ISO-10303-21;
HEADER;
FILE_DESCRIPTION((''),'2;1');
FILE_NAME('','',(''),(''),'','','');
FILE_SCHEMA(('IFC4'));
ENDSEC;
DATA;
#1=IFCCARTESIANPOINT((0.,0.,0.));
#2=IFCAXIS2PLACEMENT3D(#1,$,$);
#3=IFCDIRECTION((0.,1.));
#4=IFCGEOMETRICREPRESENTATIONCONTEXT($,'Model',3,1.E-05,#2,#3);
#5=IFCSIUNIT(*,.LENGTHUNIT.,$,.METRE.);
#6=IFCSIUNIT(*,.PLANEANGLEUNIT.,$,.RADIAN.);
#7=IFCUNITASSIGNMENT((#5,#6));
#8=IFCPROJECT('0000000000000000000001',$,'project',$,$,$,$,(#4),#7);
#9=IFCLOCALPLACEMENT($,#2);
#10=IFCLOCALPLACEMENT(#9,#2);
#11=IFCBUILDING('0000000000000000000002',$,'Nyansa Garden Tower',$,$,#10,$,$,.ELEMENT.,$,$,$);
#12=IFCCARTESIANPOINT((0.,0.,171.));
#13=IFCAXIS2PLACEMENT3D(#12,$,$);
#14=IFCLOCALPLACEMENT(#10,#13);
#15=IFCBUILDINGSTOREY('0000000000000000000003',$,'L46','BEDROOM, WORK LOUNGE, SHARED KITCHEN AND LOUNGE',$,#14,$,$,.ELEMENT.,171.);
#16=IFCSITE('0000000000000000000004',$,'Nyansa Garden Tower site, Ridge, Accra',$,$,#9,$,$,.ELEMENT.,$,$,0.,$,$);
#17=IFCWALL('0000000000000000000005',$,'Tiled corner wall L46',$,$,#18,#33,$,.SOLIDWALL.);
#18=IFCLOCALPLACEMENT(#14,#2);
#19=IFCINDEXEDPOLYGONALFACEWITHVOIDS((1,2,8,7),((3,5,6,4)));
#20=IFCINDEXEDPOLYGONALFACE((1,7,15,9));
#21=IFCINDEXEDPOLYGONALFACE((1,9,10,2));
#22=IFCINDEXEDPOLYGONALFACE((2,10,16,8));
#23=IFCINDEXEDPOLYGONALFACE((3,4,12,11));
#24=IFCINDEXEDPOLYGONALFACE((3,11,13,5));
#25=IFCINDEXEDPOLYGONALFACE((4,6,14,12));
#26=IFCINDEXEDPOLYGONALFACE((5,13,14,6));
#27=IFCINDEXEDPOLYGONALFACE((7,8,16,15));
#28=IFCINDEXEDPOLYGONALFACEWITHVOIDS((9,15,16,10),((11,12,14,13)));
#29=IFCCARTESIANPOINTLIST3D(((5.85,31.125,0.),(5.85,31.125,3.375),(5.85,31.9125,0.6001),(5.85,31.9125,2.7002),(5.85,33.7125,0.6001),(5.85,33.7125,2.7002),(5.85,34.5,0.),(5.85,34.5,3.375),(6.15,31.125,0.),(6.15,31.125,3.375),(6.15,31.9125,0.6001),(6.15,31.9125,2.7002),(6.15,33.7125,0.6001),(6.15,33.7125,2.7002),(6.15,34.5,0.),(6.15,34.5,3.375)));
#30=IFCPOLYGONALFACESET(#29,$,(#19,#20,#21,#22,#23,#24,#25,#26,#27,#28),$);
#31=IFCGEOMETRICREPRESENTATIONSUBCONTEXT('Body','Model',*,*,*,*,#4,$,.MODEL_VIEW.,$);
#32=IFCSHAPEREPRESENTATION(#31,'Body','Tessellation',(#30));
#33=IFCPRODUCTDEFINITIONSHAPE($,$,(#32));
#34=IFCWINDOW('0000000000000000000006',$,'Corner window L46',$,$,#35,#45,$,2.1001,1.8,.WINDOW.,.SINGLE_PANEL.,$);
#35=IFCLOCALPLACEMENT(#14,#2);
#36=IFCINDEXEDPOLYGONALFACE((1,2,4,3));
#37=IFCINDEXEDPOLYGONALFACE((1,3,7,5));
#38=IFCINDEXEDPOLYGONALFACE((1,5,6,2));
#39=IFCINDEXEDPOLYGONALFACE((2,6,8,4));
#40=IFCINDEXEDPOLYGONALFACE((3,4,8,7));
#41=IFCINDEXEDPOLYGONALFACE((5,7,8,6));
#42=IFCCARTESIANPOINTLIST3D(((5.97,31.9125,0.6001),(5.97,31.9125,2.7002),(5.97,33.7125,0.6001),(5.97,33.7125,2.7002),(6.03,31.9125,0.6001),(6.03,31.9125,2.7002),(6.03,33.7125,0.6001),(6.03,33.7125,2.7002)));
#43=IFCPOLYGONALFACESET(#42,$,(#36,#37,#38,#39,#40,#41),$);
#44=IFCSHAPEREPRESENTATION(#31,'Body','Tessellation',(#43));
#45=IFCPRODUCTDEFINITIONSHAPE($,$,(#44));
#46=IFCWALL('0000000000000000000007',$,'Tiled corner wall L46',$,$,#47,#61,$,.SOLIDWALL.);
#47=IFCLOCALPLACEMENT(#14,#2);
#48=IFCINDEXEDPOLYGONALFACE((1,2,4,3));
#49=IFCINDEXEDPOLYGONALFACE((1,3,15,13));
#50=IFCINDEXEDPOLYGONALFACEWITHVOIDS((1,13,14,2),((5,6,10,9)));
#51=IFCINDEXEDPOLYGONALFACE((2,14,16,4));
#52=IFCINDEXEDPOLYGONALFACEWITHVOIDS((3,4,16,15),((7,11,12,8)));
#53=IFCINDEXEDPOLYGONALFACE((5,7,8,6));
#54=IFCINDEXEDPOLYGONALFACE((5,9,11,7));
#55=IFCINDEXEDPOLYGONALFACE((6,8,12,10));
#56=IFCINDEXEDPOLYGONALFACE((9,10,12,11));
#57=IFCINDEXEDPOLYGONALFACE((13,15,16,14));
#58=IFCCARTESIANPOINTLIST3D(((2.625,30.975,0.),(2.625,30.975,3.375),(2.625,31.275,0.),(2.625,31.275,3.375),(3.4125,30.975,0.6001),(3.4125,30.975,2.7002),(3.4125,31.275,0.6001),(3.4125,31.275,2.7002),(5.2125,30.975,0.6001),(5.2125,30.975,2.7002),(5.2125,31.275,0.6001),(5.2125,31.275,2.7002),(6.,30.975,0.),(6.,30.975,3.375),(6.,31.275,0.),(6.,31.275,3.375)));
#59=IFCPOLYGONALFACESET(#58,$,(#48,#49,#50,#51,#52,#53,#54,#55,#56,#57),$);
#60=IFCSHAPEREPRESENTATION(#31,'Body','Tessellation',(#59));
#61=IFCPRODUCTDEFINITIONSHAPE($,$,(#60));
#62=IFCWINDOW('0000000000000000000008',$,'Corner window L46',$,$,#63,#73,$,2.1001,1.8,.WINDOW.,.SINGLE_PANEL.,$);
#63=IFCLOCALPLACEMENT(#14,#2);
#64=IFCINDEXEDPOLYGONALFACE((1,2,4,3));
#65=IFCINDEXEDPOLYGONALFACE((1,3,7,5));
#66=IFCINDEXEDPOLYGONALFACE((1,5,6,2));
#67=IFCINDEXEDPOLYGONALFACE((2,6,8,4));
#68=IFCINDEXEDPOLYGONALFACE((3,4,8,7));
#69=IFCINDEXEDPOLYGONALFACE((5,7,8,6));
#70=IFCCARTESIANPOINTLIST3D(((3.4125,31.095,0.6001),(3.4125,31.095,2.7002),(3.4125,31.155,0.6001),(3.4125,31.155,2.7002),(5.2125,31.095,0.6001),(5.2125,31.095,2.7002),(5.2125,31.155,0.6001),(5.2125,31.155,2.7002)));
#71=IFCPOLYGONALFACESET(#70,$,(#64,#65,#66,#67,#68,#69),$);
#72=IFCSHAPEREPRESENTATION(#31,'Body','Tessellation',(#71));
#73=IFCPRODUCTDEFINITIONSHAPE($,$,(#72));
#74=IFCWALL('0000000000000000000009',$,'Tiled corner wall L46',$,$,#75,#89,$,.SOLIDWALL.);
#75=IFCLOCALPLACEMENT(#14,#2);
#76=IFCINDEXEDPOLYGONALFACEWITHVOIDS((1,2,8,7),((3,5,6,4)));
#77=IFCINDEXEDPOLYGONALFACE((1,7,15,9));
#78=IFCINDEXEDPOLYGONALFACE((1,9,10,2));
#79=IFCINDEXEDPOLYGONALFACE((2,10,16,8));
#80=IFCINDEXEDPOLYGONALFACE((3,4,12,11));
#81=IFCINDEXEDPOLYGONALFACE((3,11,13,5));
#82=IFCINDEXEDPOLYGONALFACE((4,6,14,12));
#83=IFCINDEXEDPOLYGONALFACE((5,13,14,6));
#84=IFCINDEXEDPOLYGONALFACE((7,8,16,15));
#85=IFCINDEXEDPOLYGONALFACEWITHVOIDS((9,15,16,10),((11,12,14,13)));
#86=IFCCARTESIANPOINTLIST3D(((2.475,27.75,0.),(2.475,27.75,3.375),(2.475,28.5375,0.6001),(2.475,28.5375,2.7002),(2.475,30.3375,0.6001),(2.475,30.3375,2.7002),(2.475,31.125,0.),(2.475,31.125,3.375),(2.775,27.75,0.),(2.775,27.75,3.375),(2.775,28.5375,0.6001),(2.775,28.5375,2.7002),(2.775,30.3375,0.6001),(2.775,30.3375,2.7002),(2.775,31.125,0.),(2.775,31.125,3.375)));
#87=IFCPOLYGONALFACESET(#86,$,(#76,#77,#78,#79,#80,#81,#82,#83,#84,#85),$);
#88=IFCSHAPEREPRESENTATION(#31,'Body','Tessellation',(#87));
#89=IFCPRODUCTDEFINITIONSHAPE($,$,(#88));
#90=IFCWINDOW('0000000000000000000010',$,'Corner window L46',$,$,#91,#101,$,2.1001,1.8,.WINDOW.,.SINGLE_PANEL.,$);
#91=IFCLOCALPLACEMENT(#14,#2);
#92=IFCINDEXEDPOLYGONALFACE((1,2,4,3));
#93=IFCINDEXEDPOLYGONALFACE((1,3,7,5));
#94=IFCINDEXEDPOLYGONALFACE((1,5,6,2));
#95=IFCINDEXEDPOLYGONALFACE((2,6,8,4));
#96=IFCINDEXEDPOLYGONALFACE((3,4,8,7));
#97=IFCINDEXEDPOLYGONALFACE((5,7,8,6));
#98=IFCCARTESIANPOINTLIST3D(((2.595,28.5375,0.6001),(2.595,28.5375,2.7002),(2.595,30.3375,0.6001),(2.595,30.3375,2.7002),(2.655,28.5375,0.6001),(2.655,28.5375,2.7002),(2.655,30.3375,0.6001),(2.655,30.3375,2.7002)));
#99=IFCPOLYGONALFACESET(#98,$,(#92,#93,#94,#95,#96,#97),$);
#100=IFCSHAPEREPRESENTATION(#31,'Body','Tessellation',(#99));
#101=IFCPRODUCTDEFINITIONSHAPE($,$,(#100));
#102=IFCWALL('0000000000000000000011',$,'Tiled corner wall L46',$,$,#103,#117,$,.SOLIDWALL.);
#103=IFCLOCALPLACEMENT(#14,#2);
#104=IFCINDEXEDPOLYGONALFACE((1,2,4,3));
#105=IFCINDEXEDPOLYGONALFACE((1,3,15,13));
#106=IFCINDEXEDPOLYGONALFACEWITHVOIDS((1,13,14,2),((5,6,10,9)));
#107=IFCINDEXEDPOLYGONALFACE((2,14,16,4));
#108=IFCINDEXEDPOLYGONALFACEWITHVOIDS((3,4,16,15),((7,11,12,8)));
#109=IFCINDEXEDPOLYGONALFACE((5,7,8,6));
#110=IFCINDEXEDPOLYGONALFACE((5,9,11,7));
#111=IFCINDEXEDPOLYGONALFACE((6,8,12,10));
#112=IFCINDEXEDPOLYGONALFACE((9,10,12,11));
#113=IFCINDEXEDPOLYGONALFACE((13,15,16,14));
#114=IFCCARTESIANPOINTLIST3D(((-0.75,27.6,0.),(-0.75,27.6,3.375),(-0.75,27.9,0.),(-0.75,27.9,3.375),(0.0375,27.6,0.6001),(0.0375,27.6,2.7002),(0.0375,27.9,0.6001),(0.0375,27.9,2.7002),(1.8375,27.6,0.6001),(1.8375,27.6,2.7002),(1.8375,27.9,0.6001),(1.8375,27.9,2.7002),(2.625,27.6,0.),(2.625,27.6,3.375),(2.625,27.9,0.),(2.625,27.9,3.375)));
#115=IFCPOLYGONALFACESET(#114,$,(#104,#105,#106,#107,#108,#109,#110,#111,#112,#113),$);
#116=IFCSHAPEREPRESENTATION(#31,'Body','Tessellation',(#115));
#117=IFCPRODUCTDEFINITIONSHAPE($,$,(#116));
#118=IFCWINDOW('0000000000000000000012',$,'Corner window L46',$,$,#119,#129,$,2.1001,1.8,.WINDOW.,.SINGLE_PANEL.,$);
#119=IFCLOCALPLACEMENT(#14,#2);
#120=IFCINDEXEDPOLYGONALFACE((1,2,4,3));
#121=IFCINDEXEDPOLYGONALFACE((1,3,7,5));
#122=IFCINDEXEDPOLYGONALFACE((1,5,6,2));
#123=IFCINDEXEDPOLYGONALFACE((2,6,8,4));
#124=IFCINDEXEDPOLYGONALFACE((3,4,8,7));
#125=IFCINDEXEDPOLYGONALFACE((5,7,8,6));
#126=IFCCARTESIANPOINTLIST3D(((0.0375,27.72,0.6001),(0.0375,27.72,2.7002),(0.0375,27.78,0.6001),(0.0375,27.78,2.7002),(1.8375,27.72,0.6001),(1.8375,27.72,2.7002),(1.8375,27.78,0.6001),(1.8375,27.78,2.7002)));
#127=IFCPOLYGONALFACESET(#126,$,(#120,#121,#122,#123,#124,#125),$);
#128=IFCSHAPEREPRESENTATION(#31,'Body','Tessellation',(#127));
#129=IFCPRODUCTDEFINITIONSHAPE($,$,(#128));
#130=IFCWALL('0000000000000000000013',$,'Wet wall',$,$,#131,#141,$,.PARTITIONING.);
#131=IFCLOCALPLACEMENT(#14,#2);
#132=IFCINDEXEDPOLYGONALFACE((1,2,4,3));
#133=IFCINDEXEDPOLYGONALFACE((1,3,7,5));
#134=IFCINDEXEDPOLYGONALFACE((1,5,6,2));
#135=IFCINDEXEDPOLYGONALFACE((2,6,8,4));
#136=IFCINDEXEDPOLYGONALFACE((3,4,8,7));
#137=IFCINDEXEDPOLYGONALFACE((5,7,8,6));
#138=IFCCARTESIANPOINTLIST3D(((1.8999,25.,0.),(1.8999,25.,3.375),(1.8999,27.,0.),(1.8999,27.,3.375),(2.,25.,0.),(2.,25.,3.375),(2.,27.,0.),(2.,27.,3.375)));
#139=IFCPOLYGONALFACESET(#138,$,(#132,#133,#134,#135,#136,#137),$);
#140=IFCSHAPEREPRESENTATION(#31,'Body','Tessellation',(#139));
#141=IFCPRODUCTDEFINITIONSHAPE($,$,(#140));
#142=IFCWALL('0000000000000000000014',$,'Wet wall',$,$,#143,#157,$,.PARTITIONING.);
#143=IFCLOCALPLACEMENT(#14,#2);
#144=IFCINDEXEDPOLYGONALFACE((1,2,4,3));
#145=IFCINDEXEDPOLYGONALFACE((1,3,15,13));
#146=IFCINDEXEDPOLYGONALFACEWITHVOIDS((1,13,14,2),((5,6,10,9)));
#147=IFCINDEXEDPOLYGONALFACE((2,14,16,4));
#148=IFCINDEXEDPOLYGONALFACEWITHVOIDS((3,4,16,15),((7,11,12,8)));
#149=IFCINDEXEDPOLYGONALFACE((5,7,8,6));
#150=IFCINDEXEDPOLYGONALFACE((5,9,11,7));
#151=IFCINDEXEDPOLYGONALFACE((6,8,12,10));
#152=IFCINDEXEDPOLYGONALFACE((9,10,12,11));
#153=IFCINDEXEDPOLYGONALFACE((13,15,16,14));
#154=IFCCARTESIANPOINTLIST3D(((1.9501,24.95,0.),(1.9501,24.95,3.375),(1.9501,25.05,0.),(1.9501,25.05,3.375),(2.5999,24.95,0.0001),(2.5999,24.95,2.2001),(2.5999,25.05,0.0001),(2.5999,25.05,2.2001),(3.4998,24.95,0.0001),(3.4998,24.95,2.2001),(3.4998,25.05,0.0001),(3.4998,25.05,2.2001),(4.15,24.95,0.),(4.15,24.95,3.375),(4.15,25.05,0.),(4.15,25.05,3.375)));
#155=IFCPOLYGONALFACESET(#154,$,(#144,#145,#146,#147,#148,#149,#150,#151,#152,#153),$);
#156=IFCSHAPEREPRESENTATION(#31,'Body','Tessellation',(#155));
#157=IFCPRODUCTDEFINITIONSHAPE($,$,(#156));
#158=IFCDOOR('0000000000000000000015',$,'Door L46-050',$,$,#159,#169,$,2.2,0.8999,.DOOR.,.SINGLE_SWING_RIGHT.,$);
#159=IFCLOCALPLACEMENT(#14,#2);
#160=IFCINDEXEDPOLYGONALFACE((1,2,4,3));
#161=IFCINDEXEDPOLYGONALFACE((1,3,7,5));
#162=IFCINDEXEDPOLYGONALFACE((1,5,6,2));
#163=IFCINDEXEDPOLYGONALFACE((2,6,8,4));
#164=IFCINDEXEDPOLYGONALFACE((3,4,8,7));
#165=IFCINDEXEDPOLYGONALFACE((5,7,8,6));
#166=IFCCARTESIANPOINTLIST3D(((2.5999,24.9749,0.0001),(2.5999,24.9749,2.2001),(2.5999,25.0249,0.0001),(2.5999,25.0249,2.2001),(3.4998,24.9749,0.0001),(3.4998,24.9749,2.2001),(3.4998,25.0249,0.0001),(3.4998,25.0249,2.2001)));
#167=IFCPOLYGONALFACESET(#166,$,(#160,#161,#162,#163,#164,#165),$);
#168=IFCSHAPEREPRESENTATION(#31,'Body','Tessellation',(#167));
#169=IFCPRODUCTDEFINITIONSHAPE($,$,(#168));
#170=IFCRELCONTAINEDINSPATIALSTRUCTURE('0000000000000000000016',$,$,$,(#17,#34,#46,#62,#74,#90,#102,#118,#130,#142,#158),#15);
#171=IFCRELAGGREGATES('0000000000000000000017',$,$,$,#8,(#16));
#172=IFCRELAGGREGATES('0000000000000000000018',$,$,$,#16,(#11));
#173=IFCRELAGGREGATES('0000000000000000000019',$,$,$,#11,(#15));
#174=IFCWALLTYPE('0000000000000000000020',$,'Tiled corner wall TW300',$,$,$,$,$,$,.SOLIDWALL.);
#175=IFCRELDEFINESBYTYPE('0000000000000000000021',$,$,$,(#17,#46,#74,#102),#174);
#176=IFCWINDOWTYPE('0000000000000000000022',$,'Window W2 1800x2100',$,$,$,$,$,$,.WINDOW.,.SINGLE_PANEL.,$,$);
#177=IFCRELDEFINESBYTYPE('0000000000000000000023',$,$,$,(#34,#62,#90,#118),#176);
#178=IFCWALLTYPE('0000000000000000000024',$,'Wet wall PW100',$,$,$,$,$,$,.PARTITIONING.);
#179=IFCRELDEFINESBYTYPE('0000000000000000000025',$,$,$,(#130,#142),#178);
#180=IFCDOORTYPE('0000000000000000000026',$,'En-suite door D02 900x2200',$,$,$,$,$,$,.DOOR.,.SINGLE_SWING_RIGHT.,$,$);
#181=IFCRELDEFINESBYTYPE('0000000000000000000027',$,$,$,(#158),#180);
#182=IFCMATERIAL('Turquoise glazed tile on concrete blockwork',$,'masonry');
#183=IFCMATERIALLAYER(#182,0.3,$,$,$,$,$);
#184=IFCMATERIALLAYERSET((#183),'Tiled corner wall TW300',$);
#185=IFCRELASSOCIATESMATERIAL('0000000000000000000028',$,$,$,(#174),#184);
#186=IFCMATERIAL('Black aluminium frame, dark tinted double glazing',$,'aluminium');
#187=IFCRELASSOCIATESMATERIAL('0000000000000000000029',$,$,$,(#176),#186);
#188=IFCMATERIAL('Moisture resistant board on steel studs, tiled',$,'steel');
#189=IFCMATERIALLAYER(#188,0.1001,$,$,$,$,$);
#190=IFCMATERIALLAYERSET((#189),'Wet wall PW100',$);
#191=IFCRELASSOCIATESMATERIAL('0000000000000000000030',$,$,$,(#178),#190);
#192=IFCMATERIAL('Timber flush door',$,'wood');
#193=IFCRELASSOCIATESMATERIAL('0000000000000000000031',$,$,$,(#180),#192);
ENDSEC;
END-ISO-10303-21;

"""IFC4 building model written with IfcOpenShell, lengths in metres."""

from ifc_helpers import new_model, si_unit, direction, frame, frame_2d, origin, place, context, subcontext, project, spatial, rectangle, extrude, material, layer, layer_set, type_object, element, fill, save


model = new_model("IFC4")

# Units and contexts
model_context = context("Model", 3, precision=1e-05, world=origin(), true_north=direction((0.0, 1.0)))
body_context = subcontext(model_context, "Body", "Model", "MODEL_VIEW")
ifc_project = project(units=[si_unit("LENGTHUNIT", "METRE"), si_unit("PLANEANGLEUNIT", "RADIAN")], contexts=[model_context])

# Site, building, storey
site_placement = place(None, origin())
site = spatial("IfcSite", under=ifc_project, at=site_placement, Name="Nyansa Garden Tower site, Ridge, Accra", CompositionType="ELEMENT", RefElevation=0.0)
building_placement = place(site_placement, origin())
building = spatial("IfcBuilding", under=site, at=building_placement, Name="Nyansa Garden Tower", CompositionType="ELEMENT")
storey_placement = place(building_placement, frame((0.0, 0.0, 171.0)))
storey = spatial("IfcBuildingStorey", under=building, at=storey_placement, Name="L46", Description="BEDROOM, WORK LOUNGE, SHARED KITCHEN AND LOUNGE", CompositionType="ELEMENT", Elevation=171.0)

# Walls, openings, windows
ifc_material_1 = material(Name="Turquoise glazed tile on concrete blockwork", Category="masonry")
ifc_layer_1 = layer(ifc_material_1, 0.3)
ifc_layer_set_1 = layer_set([ifc_layer_1], Name="Tiled corner wall TW300")
wall_type_1 = type_object("IfcWallType", Name="Tiled corner wall TW300", PredefinedType="SOLIDWALL", material=ifc_layer_set_1)
wall_1_placement = place(storey_placement, frame((6.0, 34.5, 0.0), z_axis=(0.0, 0.0, 1.0), x_axis=(0.0, -1.0, 0.0)))
wall_1 = element("IfcWall", 1, at=wall_1_placement, inside=storey, type_object=wall_type_1, Name="Tiled corner wall L46", PredefinedType="SOLIDWALL", context=body_context, shape_type="SweptSolid", body=[
    extrude(rectangle(XDim=3.375, YDim=0.3, at=frame_2d((1.6875, 0.0))), origin(), (0.0, 0.0, 1.0), 3.375),
])
opening_1_placement = place(wall_1_placement, frame((0.7876, 0.0, 0.6001)))
opening_1 = element("IfcOpeningElement", 2, at=opening_1_placement, cuts=wall_1, PredefinedType="OPENING", context=body_context, shape_type="SweptSolid", body=[
    extrude(rectangle(XDim=1.8, YDim=2.1001, at=frame_2d((0.8999, 1.05))), frame((0.0, 0.1599, 0.0), z_axis=(0.0, -1.0, 0.0), x_axis=(1.0, 0.0, 0.0)), (0.0, 0.0, 1.0), 0.3201),
])
ifc_material_2 = material(Name="Black aluminium frame, dark tinted double glazing", Category="aluminium")
window_type = type_object("IfcWindowType", Name="Window W2 1800x2100", PartitioningType="SINGLE_PANEL", PredefinedType="WINDOW", material=ifc_material_2)
window_1_placement = place(opening_1_placement, origin())
window_1 = element("IfcWindow", 3, at=window_1_placement, inside=storey, type_object=window_type, Name="Corner window L46", OverallHeight=2.1001, OverallWidth=1.8, PartitioningType="SINGLE_PANEL", PredefinedType="WINDOW", context=body_context, shape_type="SweptSolid", body=[
    extrude(rectangle(XDim=1.8, YDim=2.1001, at=frame_2d((0.8999, 1.05))), frame((0.0, 0.03, 0.0), z_axis=(0.0, -1.0, 0.0), x_axis=(1.0, 0.0, 0.0)), (0.0, 0.0, 1.0), 0.0601),
])
fill(opening_1, window_1)
wall_2_placement = place(storey_placement, frame((6.0, 31.125, 0.0), z_axis=(0.0, 0.0, 1.0), x_axis=(-1.0, 0.0, 0.0)))
wall_2 = element("IfcWall", 4, at=wall_2_placement, inside=storey, type_object=wall_type_1, Name="Tiled corner wall L46", PredefinedType="SOLIDWALL", context=body_context, shape_type="SweptSolid", body=[
    extrude(rectangle(XDim=3.375, YDim=0.3, at=frame_2d((1.6875, 0.0))), origin(), (0.0, 0.0, 1.0), 3.375),
])
opening_2_placement = place(wall_2_placement, frame((0.7876, 0.0, 0.6001)))
opening_2 = element("IfcOpeningElement", 5, at=opening_2_placement, cuts=wall_2, PredefinedType="OPENING", context=body_context, shape_type="SweptSolid", body=[
    extrude(rectangle(XDim=1.8, YDim=2.1001, at=frame_2d((0.8999, 1.05))), frame((0.0, 0.1599, 0.0), z_axis=(0.0, -1.0, 0.0), x_axis=(1.0, 0.0, 0.0)), (0.0, 0.0, 1.0), 0.3201),
])
window_2_placement = place(opening_2_placement, origin())
window_2 = element("IfcWindow", 6, at=window_2_placement, inside=storey, type_object=window_type, Name="Corner window L46", OverallHeight=2.1001, OverallWidth=1.8, PartitioningType="SINGLE_PANEL", PredefinedType="WINDOW", context=body_context, shape_type="SweptSolid", body=[
    extrude(rectangle(XDim=1.8, YDim=2.1001, at=frame_2d((0.8999, 1.05))), frame((0.0, 0.03, 0.0), z_axis=(0.0, -1.0, 0.0), x_axis=(1.0, 0.0, 0.0)), (0.0, 0.0, 1.0), 0.0601),
])
fill(opening_2, window_2)
wall_3_placement = place(storey_placement, frame((2.625, 31.125, 0.0), z_axis=(0.0, 0.0, 1.0), x_axis=(0.0, -1.0, 0.0)))
wall_3 = element("IfcWall", 7, at=wall_3_placement, inside=storey, type_object=wall_type_1, Name="Tiled corner wall L46", PredefinedType="SOLIDWALL", context=body_context, shape_type="SweptSolid", body=[
    extrude(rectangle(XDim=3.375, YDim=0.3, at=frame_2d((1.6875, 0.0))), origin(), (0.0, 0.0, 1.0), 3.375),
])
opening_3_placement = place(wall_3_placement, frame((0.7876, 0.0, 0.6001)))
opening_3 = element("IfcOpeningElement", 8, at=opening_3_placement, cuts=wall_3, PredefinedType="OPENING", context=body_context, shape_type="SweptSolid", body=[
    extrude(rectangle(XDim=1.8, YDim=2.1001, at=frame_2d((0.8999, 1.05))), frame((0.0, 0.1599, 0.0), z_axis=(0.0, -1.0, 0.0), x_axis=(1.0, 0.0, 0.0)), (0.0, 0.0, 1.0), 0.3201),
])
window_3_placement = place(opening_3_placement, origin())
window_3 = element("IfcWindow", 9, at=window_3_placement, inside=storey, type_object=window_type, Name="Corner window L46", OverallHeight=2.1001, OverallWidth=1.8, PartitioningType="SINGLE_PANEL", PredefinedType="WINDOW", context=body_context, shape_type="SweptSolid", body=[
    extrude(rectangle(XDim=1.8, YDim=2.1001, at=frame_2d((0.8999, 1.05))), frame((0.0, 0.03, 0.0), z_axis=(0.0, -1.0, 0.0), x_axis=(1.0, 0.0, 0.0)), (0.0, 0.0, 1.0), 0.0601),
])
fill(opening_3, window_3)
wall_4_placement = place(storey_placement, frame((2.625, 27.75, 0.0), z_axis=(0.0, 0.0, 1.0), x_axis=(-1.0, 0.0, 0.0)))
wall_4 = element("IfcWall", 10, at=wall_4_placement, inside=storey, type_object=wall_type_1, Name="Tiled corner wall L46", PredefinedType="SOLIDWALL", context=body_context, shape_type="SweptSolid", body=[
    extrude(rectangle(XDim=3.375, YDim=0.3, at=frame_2d((1.6875, 0.0))), origin(), (0.0, 0.0, 1.0), 3.375),
])
opening_4_placement = place(wall_4_placement, frame((0.7876, 0.0, 0.6001)))
opening_4 = element("IfcOpeningElement", 11, at=opening_4_placement, cuts=wall_4, PredefinedType="OPENING", context=body_context, shape_type="SweptSolid", body=[
    extrude(rectangle(XDim=1.8, YDim=2.1001, at=frame_2d((0.8999, 1.05))), frame((0.0, 0.1599, 0.0), z_axis=(0.0, -1.0, 0.0), x_axis=(1.0, 0.0, 0.0)), (0.0, 0.0, 1.0), 0.3201),
])
window_4_placement = place(opening_4_placement, origin())
window_4 = element("IfcWindow", 12, at=window_4_placement, inside=storey, type_object=window_type, Name="Corner window L46", OverallHeight=2.1001, OverallWidth=1.8, PartitioningType="SINGLE_PANEL", PredefinedType="WINDOW", context=body_context, shape_type="SweptSolid", body=[
    extrude(rectangle(XDim=1.8, YDim=2.1001, at=frame_2d((0.8999, 1.05))), frame((0.0, 0.03, 0.0), z_axis=(0.0, -1.0, 0.0), x_axis=(1.0, 0.0, 0.0)), (0.0, 0.0, 1.0), 0.0601),
])
fill(opening_4, window_4)

# Wall
ifc_material_3 = material(Name="Moisture resistant board on steel studs, tiled", Category="steel")
ifc_layer_2 = layer(ifc_material_3, 0.1001)
ifc_layer_set_2 = layer_set([ifc_layer_2], Name="Wet wall PW100")
wall_type_2 = type_object("IfcWallType", Name="Wet wall PW100", PredefinedType="PARTITIONING", material=ifc_layer_set_2)
wall_5_placement = place(storey_placement, frame((1.95, 25.0, 0.0), z_axis=(0.0, 0.0, 1.0), x_axis=(0.0, 1.0, 0.0)))
element("IfcWall", 13, at=wall_5_placement, inside=storey, type_object=wall_type_2, Name="Wet wall", PredefinedType="PARTITIONING", context=body_context, shape_type="SweptSolid", body=[
    extrude(rectangle(XDim=2.0, YDim=0.1001, at=frame_2d((1.0, 0.0))), origin(), (0.0, 0.0, 1.0), 3.375),
])

# Wall, opening, door
wall_6_placement = place(storey_placement, frame((1.95, 25.0, 0.0), z_axis=(0.0, 0.0, 1.0), x_axis=(1.0, 0.0, 0.0)))
wall_6 = element("IfcWall", 14, at=wall_6_placement, inside=storey, type_object=wall_type_2, Name="Wet wall", PredefinedType="PARTITIONING", context=body_context, shape_type="SweptSolid", body=[
    extrude(rectangle(XDim=2.2, YDim=0.1001, at=frame_2d((1.1001, 0.0))), origin(), (0.0, 0.0, 1.0), 3.375),
])
opening_5_placement = place(wall_6_placement, frame((0.6499, 0.0, 0.0)))
opening_5 = element("IfcOpeningElement", 15, at=opening_5_placement, cuts=wall_6, PredefinedType="OPENING", context=body_context, shape_type="SweptSolid", body=[
    extrude(rectangle(XDim=0.8999, YDim=2.2, at=frame_2d((0.45, 1.1001))), frame((0.0, 0.0601, 0.0), z_axis=(0.0, -1.0, 0.0), x_axis=(1.0, 0.0, 0.0)), (0.0, 0.0, 1.0), 0.1201),
])
ifc_material_4 = material(Name="Timber flush door", Category="wood")
door_type_1 = type_object("IfcDoorType", Name="En-suite door D02 900x2200", OperationType="SINGLE_SWING_RIGHT", PredefinedType="DOOR", material=ifc_material_4)
door_1_placement = place(opening_5_placement, origin())
door_1 = element("IfcDoor", 16, at=door_1_placement, inside=storey, type_object=door_type_1, Name="Door L46-050", OperationType="SINGLE_SWING_RIGHT", OverallHeight=2.2, OverallWidth=0.8999, PredefinedType="DOOR", context=body_context, shape_type="SweptSolid", body=[
    extrude(rectangle(XDim=0.8999, YDim=2.2, at=frame_2d((0.45, 1.1001))), frame((0.0, 0.0249, 0.0), z_axis=(0.0, -1.0, 0.0), x_axis=(1.0, 0.0, 0.0)), (0.0, 0.0, 1.0), 0.05),
])
fill(opening_5, door_1)

save(model, "model.ifc")
